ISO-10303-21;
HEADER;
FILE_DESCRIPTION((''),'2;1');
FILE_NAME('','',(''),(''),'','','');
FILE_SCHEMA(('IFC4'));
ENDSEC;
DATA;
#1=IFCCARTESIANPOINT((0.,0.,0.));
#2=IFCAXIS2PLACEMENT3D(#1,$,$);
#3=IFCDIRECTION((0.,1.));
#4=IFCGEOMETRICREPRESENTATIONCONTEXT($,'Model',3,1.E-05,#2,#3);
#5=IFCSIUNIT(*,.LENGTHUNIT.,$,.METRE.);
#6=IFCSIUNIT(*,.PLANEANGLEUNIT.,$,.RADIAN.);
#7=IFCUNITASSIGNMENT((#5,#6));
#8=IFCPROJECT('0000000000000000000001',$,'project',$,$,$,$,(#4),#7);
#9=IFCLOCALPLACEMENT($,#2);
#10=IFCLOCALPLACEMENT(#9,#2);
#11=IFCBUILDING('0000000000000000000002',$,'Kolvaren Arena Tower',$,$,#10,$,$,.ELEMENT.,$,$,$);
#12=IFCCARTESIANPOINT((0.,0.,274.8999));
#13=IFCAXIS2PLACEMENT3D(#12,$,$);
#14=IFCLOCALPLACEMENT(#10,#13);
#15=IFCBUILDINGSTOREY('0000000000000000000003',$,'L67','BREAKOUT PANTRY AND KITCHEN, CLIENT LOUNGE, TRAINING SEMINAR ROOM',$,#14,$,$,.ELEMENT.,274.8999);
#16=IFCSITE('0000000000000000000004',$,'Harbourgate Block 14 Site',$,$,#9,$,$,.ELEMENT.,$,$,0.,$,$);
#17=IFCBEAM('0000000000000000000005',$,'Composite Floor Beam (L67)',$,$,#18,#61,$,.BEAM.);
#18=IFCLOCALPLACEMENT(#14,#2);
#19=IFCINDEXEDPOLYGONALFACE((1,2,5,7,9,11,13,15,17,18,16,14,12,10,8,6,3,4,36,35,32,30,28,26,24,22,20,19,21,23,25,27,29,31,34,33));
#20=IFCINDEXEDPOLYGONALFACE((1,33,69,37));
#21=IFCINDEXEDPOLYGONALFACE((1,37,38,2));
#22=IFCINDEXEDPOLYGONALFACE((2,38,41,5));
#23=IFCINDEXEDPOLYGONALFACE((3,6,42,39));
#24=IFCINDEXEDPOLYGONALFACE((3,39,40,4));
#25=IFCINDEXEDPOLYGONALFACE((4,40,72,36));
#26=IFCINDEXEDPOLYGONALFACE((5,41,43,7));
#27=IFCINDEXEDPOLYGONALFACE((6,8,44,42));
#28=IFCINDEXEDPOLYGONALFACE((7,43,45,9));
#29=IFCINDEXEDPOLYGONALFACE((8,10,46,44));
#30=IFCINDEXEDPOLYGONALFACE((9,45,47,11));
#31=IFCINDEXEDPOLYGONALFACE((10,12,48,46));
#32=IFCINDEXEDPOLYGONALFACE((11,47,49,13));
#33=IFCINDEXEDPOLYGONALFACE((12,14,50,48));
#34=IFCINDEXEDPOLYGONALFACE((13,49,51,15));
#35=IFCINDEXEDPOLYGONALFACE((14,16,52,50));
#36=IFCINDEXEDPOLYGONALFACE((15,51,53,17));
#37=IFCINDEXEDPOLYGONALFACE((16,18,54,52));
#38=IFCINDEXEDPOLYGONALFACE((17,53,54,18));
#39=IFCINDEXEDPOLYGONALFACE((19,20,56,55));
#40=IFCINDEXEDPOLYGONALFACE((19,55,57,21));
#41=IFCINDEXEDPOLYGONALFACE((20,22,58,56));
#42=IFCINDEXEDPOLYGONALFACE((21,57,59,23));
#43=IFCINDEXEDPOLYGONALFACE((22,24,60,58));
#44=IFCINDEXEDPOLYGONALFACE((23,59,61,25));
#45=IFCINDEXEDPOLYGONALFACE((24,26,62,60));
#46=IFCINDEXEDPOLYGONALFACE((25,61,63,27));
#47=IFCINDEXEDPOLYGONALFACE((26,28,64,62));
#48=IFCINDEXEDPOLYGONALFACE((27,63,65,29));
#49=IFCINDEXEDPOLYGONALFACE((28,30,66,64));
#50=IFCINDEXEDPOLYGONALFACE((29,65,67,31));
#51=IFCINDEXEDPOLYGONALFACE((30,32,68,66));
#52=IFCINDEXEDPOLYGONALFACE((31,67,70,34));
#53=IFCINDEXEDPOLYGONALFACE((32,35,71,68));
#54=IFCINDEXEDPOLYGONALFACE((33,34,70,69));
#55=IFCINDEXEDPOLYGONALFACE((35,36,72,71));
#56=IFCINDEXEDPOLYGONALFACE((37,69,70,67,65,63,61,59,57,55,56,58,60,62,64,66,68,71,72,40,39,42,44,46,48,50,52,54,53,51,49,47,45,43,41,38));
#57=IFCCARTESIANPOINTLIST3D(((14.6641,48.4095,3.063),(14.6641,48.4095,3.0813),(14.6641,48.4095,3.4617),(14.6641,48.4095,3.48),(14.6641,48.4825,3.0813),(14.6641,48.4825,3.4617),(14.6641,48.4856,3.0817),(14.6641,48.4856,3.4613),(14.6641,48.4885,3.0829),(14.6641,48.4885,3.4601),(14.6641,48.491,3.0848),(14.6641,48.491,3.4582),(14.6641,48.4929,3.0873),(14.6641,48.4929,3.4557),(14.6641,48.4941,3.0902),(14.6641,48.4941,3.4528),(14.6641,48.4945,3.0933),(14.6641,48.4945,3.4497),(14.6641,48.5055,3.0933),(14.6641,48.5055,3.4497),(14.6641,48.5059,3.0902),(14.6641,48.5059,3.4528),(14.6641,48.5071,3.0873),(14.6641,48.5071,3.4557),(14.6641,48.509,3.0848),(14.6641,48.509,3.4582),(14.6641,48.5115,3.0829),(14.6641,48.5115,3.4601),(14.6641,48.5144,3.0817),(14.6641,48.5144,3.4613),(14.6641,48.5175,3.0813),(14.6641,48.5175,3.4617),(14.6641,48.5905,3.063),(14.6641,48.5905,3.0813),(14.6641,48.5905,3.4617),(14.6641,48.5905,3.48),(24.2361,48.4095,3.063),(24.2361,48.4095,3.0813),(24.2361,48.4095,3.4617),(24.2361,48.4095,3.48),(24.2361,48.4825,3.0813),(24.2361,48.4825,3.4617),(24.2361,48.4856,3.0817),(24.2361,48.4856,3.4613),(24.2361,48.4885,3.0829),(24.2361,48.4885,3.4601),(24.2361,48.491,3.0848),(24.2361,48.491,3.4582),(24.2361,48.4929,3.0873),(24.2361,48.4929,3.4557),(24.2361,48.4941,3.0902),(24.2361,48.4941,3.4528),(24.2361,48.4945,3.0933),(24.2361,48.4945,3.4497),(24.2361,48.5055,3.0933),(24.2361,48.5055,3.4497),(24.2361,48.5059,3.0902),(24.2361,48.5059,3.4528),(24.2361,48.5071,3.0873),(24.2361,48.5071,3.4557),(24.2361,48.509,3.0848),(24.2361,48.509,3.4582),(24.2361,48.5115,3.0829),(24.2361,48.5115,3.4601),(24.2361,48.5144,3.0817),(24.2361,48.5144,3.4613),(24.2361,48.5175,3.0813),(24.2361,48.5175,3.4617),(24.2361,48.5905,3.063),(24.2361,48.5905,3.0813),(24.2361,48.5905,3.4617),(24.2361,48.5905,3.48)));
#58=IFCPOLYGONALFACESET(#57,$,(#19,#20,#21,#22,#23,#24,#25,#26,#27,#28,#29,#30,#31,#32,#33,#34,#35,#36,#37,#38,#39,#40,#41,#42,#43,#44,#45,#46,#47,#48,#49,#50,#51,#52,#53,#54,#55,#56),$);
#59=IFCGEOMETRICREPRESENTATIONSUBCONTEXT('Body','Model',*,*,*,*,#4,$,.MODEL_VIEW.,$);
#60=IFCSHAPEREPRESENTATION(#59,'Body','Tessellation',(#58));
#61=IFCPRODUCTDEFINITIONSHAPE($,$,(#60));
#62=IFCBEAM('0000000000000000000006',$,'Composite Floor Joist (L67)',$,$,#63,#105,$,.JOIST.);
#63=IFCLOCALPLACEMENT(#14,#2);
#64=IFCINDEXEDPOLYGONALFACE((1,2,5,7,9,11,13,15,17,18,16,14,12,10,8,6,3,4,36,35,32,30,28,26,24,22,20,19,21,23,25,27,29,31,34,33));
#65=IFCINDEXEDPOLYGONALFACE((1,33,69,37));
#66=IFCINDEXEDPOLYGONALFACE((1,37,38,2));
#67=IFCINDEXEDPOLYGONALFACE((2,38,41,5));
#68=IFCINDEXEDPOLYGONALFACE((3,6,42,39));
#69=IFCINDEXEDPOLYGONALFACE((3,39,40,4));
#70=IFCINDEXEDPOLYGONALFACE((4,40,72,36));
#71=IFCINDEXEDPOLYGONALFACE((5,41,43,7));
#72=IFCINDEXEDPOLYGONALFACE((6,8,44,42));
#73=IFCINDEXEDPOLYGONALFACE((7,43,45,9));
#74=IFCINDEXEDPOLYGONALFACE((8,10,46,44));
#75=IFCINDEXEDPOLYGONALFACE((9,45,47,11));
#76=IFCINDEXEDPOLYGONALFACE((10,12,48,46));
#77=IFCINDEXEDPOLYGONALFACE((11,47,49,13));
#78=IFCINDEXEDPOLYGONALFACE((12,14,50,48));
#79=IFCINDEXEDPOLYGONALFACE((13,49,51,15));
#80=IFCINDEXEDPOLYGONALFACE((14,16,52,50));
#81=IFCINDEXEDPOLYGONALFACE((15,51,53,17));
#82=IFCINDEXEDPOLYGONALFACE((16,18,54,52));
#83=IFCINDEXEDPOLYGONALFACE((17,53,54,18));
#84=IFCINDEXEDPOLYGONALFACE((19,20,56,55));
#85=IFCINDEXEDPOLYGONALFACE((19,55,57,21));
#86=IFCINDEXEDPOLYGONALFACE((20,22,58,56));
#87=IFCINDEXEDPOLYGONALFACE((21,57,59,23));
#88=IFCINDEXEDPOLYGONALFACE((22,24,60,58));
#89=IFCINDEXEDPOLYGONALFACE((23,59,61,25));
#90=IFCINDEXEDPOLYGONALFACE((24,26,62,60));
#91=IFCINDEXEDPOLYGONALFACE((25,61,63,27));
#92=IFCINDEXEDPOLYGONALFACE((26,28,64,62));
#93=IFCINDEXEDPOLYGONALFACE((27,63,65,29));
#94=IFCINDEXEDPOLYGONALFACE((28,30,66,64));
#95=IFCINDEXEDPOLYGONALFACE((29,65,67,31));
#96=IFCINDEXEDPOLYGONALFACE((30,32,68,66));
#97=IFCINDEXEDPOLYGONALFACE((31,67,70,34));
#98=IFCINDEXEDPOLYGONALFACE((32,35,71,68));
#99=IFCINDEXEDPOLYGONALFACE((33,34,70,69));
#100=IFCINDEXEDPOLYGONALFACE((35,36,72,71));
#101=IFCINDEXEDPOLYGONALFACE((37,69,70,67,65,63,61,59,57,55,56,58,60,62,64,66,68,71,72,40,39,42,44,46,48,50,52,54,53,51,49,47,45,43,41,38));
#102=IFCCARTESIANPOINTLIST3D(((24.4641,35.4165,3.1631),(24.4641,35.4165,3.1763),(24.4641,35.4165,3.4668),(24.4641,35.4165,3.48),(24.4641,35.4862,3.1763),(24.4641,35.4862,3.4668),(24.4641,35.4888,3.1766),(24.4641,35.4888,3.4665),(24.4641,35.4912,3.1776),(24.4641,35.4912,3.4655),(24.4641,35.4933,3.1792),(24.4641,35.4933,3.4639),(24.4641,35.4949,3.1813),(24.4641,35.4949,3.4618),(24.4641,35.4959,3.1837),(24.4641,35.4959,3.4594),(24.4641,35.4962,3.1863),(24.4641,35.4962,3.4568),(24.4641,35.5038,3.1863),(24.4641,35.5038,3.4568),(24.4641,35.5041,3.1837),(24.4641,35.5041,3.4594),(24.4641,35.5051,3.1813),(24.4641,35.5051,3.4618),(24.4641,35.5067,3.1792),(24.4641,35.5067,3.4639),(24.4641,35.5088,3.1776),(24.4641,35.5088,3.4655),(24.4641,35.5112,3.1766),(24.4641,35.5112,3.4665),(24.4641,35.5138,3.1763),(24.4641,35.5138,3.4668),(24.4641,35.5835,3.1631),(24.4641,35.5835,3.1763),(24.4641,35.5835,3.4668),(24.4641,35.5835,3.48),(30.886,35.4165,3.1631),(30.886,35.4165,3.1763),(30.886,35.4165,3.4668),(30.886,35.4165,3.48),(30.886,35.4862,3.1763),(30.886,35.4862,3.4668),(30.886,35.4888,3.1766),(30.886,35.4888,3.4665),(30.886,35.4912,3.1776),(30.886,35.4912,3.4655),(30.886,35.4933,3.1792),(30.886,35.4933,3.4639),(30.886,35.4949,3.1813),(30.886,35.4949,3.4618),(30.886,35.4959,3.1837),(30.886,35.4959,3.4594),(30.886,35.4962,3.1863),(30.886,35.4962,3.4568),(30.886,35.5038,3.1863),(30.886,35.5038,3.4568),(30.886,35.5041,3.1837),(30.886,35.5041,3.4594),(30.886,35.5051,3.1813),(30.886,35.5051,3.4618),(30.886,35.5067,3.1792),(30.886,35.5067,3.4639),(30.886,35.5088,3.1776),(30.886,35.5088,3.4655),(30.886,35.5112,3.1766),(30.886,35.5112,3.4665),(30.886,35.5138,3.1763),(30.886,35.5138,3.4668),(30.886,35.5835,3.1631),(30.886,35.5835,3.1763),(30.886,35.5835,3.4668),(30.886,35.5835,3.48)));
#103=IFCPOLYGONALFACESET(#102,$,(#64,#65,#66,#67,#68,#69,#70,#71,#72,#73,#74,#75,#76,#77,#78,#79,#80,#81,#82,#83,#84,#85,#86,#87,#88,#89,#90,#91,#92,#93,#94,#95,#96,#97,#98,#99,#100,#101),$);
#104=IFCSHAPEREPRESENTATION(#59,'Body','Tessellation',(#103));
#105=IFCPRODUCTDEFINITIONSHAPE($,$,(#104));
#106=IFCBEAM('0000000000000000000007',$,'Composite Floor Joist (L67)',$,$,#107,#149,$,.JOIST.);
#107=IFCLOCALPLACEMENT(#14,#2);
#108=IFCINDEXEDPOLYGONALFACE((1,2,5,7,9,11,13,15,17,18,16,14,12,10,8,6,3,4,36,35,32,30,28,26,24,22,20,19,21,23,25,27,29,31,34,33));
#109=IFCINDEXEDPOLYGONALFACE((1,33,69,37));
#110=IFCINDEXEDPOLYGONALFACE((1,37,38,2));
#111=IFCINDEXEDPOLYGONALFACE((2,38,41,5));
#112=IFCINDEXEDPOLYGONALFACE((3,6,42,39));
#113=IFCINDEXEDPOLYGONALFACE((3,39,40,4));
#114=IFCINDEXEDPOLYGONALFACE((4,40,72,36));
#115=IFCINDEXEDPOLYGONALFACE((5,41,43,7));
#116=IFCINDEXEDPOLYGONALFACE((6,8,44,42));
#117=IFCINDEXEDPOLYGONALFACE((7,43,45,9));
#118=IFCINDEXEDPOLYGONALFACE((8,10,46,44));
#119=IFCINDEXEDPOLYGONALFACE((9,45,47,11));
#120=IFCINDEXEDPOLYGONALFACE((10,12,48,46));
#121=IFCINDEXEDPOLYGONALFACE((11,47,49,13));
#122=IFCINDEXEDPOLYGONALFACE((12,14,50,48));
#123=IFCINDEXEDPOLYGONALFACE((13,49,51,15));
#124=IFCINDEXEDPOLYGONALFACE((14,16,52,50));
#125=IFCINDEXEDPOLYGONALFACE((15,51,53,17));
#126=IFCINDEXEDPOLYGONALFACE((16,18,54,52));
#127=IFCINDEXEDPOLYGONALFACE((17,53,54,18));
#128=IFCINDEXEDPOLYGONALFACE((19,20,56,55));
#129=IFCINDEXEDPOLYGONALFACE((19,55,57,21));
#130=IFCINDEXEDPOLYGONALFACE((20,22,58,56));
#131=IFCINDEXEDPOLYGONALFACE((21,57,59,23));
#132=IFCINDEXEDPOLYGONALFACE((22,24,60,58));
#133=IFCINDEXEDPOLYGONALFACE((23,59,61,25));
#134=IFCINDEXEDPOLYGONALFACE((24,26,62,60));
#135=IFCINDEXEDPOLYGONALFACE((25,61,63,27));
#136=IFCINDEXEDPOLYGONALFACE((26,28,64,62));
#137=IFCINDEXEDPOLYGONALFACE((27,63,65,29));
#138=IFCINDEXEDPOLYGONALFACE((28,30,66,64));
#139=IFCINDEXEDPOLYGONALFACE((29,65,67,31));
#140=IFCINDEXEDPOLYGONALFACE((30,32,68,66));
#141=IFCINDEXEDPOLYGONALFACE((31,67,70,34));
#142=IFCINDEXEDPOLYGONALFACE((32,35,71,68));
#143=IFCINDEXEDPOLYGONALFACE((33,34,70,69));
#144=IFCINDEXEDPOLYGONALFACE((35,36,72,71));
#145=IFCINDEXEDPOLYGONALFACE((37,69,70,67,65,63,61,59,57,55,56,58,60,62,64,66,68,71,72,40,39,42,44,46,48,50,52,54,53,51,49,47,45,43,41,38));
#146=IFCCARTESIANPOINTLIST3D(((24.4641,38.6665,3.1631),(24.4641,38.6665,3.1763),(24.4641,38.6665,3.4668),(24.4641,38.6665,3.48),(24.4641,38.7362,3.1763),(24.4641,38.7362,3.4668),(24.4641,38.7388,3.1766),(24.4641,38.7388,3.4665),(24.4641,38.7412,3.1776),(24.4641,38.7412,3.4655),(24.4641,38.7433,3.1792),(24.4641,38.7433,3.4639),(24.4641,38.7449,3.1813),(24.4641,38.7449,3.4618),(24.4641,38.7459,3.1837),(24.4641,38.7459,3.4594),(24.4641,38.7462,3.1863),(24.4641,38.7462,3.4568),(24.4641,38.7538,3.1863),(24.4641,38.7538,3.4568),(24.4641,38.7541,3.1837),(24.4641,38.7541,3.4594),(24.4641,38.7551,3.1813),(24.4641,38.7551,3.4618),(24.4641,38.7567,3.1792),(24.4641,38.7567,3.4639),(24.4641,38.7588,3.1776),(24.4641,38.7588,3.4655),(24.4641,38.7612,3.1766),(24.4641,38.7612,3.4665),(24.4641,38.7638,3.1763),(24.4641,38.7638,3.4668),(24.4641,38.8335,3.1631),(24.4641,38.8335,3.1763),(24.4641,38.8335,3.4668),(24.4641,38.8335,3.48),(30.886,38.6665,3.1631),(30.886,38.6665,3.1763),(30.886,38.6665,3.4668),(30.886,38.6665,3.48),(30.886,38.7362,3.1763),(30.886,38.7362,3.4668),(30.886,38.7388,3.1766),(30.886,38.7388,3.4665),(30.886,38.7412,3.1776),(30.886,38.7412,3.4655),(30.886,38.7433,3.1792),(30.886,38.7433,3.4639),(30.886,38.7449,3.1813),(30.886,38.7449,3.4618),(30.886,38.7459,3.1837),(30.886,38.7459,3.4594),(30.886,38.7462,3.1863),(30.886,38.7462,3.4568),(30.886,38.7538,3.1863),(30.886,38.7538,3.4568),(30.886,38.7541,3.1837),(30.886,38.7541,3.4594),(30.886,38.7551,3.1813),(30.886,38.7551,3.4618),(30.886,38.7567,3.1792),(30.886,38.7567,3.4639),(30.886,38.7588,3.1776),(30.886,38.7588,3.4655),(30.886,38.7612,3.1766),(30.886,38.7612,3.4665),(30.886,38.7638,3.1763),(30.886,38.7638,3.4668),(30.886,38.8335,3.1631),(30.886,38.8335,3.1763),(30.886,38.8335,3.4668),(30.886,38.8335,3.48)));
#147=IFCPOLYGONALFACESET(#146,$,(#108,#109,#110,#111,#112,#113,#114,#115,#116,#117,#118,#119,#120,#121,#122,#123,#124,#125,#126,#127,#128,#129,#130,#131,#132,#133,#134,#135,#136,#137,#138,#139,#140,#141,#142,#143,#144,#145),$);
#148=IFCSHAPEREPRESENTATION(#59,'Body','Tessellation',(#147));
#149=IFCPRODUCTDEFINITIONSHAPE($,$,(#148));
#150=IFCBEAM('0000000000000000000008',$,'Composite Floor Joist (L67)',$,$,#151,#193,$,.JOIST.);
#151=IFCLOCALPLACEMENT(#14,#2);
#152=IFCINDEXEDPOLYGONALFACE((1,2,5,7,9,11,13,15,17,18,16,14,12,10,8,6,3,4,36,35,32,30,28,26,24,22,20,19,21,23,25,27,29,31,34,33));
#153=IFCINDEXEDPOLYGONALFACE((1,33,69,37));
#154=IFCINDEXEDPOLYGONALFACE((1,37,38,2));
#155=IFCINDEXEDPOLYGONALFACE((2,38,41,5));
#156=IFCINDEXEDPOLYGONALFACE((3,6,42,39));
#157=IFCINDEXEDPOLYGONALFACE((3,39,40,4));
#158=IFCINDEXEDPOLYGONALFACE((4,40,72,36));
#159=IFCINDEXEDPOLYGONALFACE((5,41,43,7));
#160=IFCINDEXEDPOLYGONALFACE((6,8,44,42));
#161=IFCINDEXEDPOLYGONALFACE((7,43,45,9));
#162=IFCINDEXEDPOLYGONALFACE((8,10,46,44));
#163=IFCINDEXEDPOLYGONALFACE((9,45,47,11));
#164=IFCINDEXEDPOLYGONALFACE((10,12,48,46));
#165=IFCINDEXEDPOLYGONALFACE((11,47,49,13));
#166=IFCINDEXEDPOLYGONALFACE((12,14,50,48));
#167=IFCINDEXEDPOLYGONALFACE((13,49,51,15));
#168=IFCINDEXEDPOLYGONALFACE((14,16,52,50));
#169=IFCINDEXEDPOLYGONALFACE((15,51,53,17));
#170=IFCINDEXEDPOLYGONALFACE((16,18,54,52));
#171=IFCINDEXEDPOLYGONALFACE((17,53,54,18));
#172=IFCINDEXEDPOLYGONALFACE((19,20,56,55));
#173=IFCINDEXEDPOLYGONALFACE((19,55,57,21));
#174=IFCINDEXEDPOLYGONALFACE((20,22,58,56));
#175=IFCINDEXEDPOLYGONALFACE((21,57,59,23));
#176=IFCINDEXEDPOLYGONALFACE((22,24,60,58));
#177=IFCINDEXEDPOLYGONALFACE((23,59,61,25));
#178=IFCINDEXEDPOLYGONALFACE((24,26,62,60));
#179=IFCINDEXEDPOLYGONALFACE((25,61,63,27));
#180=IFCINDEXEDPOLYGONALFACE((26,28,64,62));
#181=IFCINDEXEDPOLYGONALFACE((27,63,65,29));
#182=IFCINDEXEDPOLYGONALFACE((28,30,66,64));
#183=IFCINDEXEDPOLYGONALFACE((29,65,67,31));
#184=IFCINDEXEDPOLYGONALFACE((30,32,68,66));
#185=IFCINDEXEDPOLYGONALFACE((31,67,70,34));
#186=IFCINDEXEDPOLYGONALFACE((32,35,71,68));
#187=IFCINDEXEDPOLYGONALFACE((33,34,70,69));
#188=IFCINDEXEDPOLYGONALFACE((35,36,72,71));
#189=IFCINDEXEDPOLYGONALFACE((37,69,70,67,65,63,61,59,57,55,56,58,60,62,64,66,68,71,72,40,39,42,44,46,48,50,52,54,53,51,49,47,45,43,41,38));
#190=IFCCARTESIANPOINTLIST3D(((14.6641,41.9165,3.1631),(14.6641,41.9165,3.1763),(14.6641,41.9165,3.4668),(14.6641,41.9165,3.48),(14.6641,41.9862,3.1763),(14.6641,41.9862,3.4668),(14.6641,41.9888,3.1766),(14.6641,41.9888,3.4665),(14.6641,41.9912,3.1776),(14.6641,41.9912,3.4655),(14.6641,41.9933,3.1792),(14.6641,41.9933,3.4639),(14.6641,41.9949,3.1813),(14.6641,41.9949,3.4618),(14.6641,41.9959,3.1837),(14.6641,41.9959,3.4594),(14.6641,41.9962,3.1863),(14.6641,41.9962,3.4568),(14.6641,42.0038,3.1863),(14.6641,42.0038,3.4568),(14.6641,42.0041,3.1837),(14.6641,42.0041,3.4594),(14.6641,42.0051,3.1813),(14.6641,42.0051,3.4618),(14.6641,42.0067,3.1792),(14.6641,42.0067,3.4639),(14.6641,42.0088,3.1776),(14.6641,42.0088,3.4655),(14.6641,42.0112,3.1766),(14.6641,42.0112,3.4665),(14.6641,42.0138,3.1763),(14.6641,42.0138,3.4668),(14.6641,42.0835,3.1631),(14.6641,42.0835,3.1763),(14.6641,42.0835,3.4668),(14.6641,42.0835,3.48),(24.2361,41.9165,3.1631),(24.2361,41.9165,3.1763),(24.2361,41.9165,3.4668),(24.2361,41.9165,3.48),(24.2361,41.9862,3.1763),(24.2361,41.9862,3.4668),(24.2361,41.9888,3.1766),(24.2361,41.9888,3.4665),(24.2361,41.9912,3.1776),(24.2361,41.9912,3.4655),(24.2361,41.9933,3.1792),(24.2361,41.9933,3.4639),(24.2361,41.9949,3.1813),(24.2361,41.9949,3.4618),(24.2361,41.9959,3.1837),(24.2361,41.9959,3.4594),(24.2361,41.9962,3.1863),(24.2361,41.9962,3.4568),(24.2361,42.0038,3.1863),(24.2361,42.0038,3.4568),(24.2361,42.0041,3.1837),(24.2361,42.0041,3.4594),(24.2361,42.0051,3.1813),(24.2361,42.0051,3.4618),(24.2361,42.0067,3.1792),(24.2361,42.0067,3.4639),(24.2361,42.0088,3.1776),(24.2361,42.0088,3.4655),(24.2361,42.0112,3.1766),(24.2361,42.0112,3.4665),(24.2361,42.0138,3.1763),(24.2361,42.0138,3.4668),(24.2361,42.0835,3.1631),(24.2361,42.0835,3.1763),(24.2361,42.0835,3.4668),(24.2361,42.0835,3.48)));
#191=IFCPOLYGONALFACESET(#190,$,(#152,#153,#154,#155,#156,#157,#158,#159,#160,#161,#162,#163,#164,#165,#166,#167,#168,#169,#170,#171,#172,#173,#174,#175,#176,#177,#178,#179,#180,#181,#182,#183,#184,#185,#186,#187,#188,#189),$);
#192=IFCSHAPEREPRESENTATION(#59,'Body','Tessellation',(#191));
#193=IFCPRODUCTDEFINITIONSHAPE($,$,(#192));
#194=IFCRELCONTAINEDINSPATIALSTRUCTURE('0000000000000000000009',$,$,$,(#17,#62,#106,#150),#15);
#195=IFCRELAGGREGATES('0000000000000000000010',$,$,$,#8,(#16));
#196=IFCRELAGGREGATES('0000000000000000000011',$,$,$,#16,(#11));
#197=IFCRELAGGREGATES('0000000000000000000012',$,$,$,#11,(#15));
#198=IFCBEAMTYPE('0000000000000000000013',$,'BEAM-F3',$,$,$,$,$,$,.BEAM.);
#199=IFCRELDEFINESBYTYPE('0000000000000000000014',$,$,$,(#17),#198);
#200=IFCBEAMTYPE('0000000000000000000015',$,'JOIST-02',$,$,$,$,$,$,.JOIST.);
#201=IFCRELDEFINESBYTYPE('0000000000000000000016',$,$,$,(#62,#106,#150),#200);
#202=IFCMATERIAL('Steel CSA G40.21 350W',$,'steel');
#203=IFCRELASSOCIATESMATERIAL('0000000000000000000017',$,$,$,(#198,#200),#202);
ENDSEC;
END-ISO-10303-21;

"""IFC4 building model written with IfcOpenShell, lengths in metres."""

from ifc_helpers import new_model, si_unit, direction, frame, origin, origin_2d, place, context, subcontext, project, spatial, i_section, extrude, material, material_profile, profile_set, type_object, element, save


model = new_model("IFC4")

# Units and contexts
model_context = context("Model", 3, precision=1e-05, world=origin(), true_north=direction((0.0, 1.0)))
body_context = subcontext(model_context, "Body", "Model", "MODEL_VIEW")
ifc_project = project(units=[si_unit("LENGTHUNIT", "METRE"), si_unit("PLANEANGLEUNIT", "RADIAN")], contexts=[model_context])

# Site, building, storey
site_placement = place(None, origin())
site = spatial("IfcSite", under=ifc_project, at=site_placement, Name="Harbourgate Block 14 Site", CompositionType="ELEMENT", RefElevation=0.0)
building_placement = place(site_placement, origin())
building = spatial("IfcBuilding", under=site, at=building_placement, Name="Kolvaren Arena Tower", CompositionType="ELEMENT")
storey_placement = place(building_placement, frame((0.0, 0.0, 274.8999)))
storey = spatial("IfcBuildingStorey", under=building, at=storey_placement, Name="L67", Description="BREAKOUT PANTRY AND KITCHEN, CLIENT LOUNGE, TRAINING SEMINAR ROOM", CompositionType="ELEMENT", Elevation=274.8999)

# Beams
ifc_material_1 = material(Name="Steel CSA G40.21 350W", Category="steel")
ifc_material_profile_1 = material_profile(ifc_material_1, i_section(OverallWidth=0.1809, OverallDepth=0.417, WebThickness=0.011, FlangeThickness=0.0183, FilletRadius=0.012, at=origin_2d()), Name="W410x85")
ifc_profile_set_1 = profile_set([ifc_material_profile_1], Name="Steel CSA G40.21 350W")
beam_type_1 = type_object("IfcBeamType", Name="BEAM-F3", PredefinedType="BEAM", material=ifc_profile_set_1)
beam_1_placement = place(storey_placement, frame((14.6641, 48.5, 3.2715), z_axis=(1.0, 0.0, 0.0), x_axis=(0.0, 1.0, 0.0)))
element("IfcBeam", 1, at=beam_1_placement, inside=storey, type_object=beam_type_1, Name="Composite Floor Beam (L67)", PredefinedType="BEAM", context=body_context, shape_type="SweptSolid", body=[
    extrude(i_section(OverallWidth=0.1809, OverallDepth=0.417, WebThickness=0.011, FlangeThickness=0.0183, FilletRadius=0.012, at=origin_2d()), origin(), (0.0, 0.0, 1.0), 9.572),
])
ifc_material_profile_2 = material_profile(ifc_material_1, i_section(OverallWidth=0.167, OverallDepth=0.3169, WebThickness=0.0076, FlangeThickness=0.0132, FilletRadius=0.01, at=origin_2d()), Name="W310x52")
ifc_profile_set_2 = profile_set([ifc_material_profile_2], Name="Steel CSA G40.21 350W")
beam_type_2 = type_object("IfcBeamType", Name="JOIST-02", PredefinedType="JOIST", material=ifc_profile_set_2)
for number, where, z_axis, x_axis, name in (
    (2, (24.4641, 35.5, 3.3215), (1.0, 0.0, 0.0), (0.0, 1.0, 0.0), "Composite Floor Joist (L67)"),
    (3, (24.4641, 38.75, 3.3215), (1.0, 0.0, 0.0), (0.0, 1.0, 0.0), "Composite Floor Joist (L67)"),
):
    element("IfcBeam", number, at=place(storey_placement, frame(where, z_axis=z_axis, x_axis=x_axis)), inside=storey, type_object=beam_type_2, Name=name, PredefinedType="JOIST", context=body_context, shape_type="SweptSolid", body=[
        extrude(i_section(OverallWidth=0.167, OverallDepth=0.3169, WebThickness=0.0076, FlangeThickness=0.0132, FilletRadius=0.01, at=origin_2d()), origin(), (0.0, 0.0, 1.0), 6.4219),
    ])
beam_2_placement = place(storey_placement, frame((14.6641, 42.0, 3.3215), z_axis=(1.0, 0.0, 0.0), x_axis=(0.0, 1.0, 0.0)))
element("IfcBeam", 4, at=beam_2_placement, inside=storey, type_object=beam_type_2, Name="Composite Floor Joist (L67)", PredefinedType="JOIST", context=body_context, shape_type="SweptSolid", body=[
    extrude(i_section(OverallWidth=0.167, OverallDepth=0.3169, WebThickness=0.0076, FlangeThickness=0.0132, FilletRadius=0.01, at=origin_2d()), origin(), (0.0, 0.0, 1.0), 9.572),
])

save(model, "model.ifc")
